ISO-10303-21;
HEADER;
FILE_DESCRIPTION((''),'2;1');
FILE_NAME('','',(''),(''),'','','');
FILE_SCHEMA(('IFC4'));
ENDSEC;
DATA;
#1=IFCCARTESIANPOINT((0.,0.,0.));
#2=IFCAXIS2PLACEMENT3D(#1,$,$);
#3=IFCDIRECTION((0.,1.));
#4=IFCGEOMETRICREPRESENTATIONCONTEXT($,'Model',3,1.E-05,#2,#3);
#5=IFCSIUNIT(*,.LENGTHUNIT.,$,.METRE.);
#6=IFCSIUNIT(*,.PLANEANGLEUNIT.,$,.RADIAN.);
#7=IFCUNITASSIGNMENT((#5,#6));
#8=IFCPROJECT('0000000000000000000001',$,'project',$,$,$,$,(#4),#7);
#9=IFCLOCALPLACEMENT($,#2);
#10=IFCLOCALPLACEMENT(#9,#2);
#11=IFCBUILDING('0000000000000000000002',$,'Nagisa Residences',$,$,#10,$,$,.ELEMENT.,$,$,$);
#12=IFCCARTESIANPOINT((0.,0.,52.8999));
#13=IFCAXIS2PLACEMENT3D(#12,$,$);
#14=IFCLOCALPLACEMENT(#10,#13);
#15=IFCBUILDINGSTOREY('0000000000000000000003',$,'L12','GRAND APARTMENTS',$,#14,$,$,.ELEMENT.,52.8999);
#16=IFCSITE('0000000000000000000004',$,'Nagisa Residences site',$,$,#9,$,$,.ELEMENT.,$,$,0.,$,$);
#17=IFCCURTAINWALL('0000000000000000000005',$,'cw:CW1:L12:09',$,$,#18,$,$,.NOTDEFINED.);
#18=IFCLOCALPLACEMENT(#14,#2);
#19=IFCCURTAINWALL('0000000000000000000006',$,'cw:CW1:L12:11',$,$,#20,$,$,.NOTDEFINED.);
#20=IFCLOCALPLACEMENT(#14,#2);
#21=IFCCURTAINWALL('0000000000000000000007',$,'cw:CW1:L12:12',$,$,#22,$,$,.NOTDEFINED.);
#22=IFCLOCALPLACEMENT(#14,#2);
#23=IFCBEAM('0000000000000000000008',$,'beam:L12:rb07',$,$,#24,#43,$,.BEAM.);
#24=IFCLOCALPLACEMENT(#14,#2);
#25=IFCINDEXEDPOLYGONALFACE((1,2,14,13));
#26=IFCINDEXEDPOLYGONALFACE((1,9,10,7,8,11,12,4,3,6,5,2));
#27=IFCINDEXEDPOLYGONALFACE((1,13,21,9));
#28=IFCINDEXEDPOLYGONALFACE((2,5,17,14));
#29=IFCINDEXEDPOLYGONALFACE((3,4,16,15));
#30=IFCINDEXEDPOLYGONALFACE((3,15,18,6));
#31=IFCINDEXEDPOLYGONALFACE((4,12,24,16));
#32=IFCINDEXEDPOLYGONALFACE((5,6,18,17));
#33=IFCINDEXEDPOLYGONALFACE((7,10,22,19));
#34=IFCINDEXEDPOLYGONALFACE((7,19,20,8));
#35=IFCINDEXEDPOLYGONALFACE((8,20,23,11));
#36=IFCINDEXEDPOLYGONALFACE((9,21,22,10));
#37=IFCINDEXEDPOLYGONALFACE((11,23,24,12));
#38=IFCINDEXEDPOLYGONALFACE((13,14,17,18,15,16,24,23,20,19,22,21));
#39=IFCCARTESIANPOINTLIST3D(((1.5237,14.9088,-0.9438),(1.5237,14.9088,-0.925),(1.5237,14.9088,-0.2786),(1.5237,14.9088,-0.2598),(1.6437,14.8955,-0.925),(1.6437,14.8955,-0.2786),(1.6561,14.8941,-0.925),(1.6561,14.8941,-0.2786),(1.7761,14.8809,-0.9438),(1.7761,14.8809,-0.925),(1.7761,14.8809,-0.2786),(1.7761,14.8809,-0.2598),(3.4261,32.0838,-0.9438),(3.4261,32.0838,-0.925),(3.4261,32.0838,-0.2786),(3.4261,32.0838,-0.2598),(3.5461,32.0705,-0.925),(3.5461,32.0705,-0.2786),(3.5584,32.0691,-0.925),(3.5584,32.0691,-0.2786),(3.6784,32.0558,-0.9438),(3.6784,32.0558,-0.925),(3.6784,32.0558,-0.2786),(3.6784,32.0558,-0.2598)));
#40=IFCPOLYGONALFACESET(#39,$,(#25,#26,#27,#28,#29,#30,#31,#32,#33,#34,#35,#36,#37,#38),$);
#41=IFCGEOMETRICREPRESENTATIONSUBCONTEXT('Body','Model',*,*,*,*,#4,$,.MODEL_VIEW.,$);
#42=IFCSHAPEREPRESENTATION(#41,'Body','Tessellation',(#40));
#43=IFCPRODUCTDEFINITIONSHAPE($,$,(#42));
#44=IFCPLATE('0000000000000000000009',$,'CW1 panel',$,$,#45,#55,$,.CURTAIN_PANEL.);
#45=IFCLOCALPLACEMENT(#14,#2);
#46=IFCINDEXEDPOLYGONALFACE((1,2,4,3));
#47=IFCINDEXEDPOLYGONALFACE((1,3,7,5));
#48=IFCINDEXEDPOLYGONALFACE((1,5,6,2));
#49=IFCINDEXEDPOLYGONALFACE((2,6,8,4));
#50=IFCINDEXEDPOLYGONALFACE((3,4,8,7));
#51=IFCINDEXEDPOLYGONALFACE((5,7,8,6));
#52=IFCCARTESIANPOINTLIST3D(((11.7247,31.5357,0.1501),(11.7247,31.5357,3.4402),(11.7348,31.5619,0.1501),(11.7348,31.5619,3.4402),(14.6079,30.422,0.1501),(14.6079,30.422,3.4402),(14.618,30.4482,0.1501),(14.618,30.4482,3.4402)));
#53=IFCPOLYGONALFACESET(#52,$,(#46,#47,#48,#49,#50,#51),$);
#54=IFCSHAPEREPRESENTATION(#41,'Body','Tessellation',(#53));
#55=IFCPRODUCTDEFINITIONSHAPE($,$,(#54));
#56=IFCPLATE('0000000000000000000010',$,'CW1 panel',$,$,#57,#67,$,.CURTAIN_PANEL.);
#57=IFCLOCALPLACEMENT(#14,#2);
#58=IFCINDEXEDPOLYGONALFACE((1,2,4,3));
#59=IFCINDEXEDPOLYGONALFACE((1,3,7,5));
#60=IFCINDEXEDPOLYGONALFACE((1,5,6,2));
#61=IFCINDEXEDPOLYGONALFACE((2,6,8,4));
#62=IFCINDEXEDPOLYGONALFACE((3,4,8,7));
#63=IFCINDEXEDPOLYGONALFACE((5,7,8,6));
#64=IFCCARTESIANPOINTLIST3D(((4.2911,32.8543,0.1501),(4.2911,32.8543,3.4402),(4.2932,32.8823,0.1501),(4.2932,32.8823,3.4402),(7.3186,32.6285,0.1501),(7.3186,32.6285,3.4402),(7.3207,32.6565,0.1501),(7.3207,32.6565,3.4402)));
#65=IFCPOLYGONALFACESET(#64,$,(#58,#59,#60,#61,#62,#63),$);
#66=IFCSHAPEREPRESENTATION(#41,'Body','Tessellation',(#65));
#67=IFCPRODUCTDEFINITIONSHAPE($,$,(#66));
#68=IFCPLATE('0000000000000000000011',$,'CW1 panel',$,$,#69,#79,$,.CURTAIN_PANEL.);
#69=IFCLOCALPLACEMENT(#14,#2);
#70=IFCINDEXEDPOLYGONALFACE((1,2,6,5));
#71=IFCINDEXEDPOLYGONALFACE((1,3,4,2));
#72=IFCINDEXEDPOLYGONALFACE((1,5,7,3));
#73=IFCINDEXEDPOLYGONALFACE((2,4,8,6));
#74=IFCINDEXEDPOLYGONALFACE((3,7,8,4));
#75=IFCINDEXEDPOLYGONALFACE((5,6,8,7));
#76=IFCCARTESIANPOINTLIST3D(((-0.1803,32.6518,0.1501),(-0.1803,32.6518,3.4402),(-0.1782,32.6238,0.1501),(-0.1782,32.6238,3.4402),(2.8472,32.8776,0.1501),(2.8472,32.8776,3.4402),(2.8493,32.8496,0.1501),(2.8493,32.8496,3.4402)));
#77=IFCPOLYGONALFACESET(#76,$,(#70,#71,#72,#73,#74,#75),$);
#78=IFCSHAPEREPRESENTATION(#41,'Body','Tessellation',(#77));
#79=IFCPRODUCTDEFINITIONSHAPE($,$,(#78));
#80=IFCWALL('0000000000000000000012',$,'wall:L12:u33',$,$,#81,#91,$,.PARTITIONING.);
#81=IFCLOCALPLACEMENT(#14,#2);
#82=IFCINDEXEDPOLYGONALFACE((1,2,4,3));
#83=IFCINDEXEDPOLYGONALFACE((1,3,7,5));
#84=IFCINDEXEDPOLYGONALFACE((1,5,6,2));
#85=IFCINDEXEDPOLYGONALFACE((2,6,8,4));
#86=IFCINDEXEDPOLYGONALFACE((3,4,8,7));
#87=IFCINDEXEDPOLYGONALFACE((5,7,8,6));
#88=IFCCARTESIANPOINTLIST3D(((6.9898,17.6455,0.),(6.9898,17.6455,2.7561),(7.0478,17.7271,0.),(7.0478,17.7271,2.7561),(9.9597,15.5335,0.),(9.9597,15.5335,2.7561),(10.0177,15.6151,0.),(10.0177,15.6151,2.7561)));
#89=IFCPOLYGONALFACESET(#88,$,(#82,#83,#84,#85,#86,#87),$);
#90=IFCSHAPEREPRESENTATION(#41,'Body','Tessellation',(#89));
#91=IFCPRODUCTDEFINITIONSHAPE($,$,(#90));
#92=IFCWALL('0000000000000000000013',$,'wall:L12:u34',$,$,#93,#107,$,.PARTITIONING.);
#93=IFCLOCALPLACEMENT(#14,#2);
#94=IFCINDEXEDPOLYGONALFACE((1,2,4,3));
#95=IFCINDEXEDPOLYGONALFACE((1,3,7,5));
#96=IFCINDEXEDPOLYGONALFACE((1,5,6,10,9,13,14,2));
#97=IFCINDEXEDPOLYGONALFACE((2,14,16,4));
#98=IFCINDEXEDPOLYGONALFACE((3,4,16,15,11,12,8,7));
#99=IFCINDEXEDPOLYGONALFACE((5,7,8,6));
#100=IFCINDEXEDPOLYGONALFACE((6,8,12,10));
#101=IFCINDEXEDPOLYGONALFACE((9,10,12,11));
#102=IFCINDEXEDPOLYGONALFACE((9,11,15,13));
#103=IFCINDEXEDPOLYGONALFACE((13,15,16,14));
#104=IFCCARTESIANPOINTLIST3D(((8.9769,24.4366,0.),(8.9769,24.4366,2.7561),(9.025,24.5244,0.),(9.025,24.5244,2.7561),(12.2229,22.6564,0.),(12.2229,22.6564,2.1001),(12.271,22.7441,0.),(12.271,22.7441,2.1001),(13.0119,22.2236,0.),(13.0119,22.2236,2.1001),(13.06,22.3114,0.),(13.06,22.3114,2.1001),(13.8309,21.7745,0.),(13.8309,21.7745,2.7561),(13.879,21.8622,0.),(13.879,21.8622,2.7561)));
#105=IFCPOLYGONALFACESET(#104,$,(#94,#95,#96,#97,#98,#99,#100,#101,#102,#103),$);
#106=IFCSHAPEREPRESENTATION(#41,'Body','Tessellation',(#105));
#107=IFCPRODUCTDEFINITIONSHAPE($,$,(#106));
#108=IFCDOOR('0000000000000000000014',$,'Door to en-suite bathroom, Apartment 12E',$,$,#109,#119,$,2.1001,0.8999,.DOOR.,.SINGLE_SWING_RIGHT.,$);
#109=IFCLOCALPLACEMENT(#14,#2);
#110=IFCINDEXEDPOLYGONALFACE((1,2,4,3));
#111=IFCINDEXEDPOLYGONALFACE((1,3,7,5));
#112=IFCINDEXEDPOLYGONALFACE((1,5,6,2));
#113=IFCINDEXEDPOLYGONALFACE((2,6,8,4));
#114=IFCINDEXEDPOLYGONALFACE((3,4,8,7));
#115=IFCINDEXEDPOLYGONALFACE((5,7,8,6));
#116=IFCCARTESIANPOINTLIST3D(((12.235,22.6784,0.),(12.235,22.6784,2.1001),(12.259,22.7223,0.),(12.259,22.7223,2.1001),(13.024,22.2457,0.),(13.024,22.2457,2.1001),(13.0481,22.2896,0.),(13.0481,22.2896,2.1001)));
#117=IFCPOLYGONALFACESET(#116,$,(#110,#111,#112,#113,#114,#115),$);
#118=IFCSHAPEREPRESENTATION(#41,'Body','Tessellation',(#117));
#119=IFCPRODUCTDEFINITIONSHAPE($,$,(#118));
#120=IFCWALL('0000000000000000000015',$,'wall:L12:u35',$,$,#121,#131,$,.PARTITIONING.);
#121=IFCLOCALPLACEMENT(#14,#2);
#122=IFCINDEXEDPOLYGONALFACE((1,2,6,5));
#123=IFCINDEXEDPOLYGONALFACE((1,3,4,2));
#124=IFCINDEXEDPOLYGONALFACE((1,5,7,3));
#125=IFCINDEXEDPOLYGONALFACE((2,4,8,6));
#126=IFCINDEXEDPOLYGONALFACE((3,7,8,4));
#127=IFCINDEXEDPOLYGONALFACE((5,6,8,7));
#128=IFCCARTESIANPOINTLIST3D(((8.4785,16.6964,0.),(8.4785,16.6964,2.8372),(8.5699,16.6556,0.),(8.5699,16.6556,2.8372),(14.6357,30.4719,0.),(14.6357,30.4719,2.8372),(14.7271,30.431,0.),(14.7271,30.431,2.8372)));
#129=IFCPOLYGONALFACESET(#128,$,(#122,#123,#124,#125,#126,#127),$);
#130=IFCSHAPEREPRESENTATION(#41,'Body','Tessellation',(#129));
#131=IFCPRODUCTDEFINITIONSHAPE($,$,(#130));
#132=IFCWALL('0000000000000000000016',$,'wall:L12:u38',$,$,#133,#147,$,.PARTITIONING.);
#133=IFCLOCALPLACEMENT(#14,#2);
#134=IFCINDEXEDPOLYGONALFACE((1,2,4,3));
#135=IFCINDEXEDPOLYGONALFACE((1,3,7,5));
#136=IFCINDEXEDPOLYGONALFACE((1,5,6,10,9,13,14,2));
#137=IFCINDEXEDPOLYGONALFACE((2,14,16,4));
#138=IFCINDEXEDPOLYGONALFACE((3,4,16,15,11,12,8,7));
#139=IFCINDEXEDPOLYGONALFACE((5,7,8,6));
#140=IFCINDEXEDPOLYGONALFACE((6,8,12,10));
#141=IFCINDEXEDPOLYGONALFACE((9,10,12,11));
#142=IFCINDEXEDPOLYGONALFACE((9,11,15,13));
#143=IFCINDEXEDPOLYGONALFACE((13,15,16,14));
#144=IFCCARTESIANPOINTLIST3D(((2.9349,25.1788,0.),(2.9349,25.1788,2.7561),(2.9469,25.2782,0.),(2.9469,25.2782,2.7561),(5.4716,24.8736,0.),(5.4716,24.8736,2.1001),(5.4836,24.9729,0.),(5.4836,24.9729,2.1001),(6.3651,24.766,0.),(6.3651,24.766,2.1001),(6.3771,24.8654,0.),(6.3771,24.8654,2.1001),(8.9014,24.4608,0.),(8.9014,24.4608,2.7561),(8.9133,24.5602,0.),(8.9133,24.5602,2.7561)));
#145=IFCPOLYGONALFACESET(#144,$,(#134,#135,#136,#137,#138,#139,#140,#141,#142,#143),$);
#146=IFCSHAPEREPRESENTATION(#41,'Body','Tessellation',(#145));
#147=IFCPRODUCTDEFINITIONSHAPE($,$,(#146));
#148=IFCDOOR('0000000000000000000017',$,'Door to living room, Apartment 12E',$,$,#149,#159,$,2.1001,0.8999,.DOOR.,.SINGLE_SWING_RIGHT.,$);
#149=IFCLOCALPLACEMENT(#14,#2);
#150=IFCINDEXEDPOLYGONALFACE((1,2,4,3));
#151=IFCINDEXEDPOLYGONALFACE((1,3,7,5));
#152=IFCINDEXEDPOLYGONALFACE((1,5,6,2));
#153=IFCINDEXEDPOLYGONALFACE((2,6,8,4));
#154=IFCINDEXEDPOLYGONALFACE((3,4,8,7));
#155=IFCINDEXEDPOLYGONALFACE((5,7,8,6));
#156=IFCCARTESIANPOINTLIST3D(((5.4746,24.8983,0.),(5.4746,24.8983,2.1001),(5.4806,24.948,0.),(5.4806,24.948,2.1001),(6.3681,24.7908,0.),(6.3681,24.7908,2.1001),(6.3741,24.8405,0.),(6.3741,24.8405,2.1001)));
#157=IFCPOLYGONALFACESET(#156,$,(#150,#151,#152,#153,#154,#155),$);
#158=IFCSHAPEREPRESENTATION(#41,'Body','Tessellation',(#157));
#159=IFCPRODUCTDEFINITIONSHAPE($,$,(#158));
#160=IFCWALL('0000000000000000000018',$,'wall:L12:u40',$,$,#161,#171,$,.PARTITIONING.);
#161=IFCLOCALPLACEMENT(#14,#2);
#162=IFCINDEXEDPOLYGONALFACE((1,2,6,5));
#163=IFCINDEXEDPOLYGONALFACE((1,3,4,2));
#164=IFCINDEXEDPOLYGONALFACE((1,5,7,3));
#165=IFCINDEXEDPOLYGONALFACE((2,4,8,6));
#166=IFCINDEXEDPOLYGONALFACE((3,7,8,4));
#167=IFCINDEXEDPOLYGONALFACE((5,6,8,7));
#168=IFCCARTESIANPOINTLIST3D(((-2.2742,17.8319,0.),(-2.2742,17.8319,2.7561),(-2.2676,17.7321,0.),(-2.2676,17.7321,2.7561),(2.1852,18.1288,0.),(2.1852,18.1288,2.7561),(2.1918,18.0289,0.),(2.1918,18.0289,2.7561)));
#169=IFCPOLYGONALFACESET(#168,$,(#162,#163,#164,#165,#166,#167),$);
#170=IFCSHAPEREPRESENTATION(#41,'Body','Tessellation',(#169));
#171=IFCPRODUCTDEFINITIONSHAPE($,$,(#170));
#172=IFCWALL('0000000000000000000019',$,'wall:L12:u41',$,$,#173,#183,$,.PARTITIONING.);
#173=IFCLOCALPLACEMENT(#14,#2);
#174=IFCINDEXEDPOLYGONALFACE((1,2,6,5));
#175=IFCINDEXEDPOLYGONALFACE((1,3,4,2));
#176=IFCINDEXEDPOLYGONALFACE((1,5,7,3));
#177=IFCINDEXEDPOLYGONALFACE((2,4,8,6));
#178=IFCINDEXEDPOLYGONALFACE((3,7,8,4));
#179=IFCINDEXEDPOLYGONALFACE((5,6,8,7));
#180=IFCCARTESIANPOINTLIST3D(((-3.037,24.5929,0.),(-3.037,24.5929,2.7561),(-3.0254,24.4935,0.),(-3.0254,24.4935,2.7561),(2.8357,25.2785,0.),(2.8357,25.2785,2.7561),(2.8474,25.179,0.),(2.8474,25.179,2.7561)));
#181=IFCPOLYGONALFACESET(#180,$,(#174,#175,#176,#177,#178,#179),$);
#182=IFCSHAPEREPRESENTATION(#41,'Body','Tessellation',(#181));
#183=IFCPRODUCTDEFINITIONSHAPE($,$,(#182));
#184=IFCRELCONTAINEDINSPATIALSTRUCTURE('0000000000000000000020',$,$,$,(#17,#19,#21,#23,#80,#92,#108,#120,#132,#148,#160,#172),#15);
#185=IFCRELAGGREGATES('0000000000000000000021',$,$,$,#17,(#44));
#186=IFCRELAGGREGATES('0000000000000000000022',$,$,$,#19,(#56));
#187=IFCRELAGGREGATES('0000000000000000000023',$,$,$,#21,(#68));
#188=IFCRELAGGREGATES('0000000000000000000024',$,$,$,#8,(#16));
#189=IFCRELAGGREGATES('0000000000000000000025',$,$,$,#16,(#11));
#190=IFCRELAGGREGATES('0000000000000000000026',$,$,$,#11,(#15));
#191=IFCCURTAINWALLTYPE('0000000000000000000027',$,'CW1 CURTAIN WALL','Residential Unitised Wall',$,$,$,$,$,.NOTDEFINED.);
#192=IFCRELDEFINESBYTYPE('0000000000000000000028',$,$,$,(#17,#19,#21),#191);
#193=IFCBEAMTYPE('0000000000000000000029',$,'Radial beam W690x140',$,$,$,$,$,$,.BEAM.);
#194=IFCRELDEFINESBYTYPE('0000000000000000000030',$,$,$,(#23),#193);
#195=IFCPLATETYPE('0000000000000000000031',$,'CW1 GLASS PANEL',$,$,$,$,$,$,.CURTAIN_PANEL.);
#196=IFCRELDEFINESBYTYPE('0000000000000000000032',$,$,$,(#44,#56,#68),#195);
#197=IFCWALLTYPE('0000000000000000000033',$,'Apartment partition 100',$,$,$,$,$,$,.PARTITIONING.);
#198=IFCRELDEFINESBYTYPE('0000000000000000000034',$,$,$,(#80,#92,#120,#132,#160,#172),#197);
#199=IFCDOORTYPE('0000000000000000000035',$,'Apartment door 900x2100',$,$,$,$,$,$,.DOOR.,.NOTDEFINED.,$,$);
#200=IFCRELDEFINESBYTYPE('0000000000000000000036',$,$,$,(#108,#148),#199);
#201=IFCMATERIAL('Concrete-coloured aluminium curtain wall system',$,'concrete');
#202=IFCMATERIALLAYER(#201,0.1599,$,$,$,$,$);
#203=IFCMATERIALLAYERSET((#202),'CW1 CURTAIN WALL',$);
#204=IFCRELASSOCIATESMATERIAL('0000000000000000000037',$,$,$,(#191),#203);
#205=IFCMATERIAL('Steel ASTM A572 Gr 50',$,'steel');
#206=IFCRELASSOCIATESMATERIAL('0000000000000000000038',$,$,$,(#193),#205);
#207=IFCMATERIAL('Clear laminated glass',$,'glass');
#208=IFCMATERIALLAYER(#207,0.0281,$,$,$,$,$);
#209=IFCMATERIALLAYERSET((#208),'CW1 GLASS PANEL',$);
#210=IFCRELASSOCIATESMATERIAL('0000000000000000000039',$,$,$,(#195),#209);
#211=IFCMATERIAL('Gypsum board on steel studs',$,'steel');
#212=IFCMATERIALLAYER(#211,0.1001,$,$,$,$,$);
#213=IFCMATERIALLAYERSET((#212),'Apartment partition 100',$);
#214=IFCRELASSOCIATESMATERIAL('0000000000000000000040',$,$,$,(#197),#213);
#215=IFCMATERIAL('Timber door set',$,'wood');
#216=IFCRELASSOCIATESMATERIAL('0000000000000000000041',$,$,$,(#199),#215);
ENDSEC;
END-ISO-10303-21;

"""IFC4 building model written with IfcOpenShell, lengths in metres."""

from ifc_helpers import new_model, si_unit, direction, frame, frame_2d, origin, origin_2d, place, context, subcontext, project, spatial, rectangle, i_section, extrude, material, layer, layer_set, material_profile, profile_set, type_object, element, fill, aggregate, save


model = new_model("IFC4")

# Units and contexts
model_context = context("Model", 3, precision=1e-05, world=origin(), true_north=direction((0.0, 1.0)))
body_context = subcontext(model_context, "Body", "Model", "MODEL_VIEW")
ifc_project = project(units=[si_unit("LENGTHUNIT", "METRE"), si_unit("PLANEANGLEUNIT", "RADIAN")], contexts=[model_context])

# Site, building, storey
site_placement = place(None, origin())
site = spatial("IfcSite", under=ifc_project, at=site_placement, Name="Nagisa Residences site", CompositionType="ELEMENT", RefElevation=0.0)
building_placement = place(site_placement, origin())
building = spatial("IfcBuilding", under=site, at=building_placement, Name="Nagisa Residences", CompositionType="ELEMENT")
storey_placement = place(building_placement, frame((0.0, 0.0, 52.8999)))
storey = spatial("IfcBuildingStorey", under=building, at=storey_placement, Name="L12", Description="GRAND APARTMENTS", CompositionType="ELEMENT", Elevation=52.8999)

# Curtain walls
ifc_material_1 = material(Name="Concrete-coloured aluminium curtain wall system", Category="concrete")
ifc_layer_1 = layer(ifc_material_1, 0.1599)
ifc_layer_set_1 = layer_set([ifc_layer_1], Name="CW1 CURTAIN WALL")
curtain_wall_type = type_object("IfcCurtainWallType", Name="CW1 CURTAIN WALL", Description="Residential Unitised Wall", PredefinedType="NOTDEFINED", material=ifc_layer_set_1)
curtain_wall_1_placement = place(storey_placement, origin())
curtain_wall_1 = element("IfcCurtainWall", 1, at=curtain_wall_1_placement, inside=storey, type_object=curtain_wall_type, Name="cw:CW1:L12:09", PredefinedType="NOTDEFINED")
curtain_wall_2_placement = place(storey_placement, origin())
curtain_wall_2 = element("IfcCurtainWall", 2, at=curtain_wall_2_placement, inside=storey, type_object=curtain_wall_type, Name="cw:CW1:L12:11", PredefinedType="NOTDEFINED")
curtain_wall_3_placement = place(storey_placement, origin())
curtain_wall_3 = element("IfcCurtainWall", 3, at=curtain_wall_3_placement, inside=storey, type_object=curtain_wall_type, Name="cw:CW1:L12:12", PredefinedType="NOTDEFINED")

# Beam
ifc_material_2 = material(Name="Steel ASTM A572 Gr 50", Category="steel")
ifc_material_profile_1 = material_profile(ifc_material_2, i_section(OverallWidth=0.2539, OverallDepth=0.6841, WebThickness=0.0125, FlangeThickness=0.0188, at=origin_2d()), Name="W690x140")
ifc_profile_set_1 = profile_set([ifc_material_profile_1], Name="Steel ASTM A572 Gr 50")
beam_type_1 = type_object("IfcBeamType", Name="Radial beam W690x140", PredefinedType="BEAM", material=ifc_profile_set_1)
beam_1_placement = place(storey_placement, frame((3.5522, 32.0698, -0.6018), z_axis=(-0.110089, -0.993922, 0.0), x_axis=(0.993922, -0.110089, 0.0)))
element("IfcBeam", 4, at=beam_1_placement, inside=storey, type_object=beam_type_1, Name="beam:L12:rb07", PredefinedType="BEAM", context=body_context, shape_type="SweptSolid", body=[
    extrude(i_section(OverallWidth=0.2539, OverallDepth=0.6841, WebThickness=0.0125, FlangeThickness=0.0188, at=origin_2d()), origin(), (0.0, 0.0, 1.0), 17.28),
])

# Plates
ifc_material_3 = material(Name="Clear laminated glass", Category="glass")
ifc_layer_2 = layer(ifc_material_3, 0.0281)
ifc_layer_set_2 = layer_set([ifc_layer_2], Name="CW1 GLASS PANEL")
plate_type = type_object("IfcPlateType", Name="CW1 GLASS PANEL", PredefinedType="CURTAIN_PANEL", material=ifc_layer_set_2)
plate_1_placement = place(storey_placement, frame((13.1714, 30.9919, 0.1501), z_axis=(0.0, 0.0, 1.0), x_axis=(-0.932826, 0.360328, 0.0)))
plate_1 = element("IfcPlate", 5, at=plate_1_placement, type_object=plate_type, Name="CW1 panel", PredefinedType="CURTAIN_PANEL", context=body_context, shape_type="SweptSolid", body=[
    extrude(rectangle(XDim=3.0908, YDim=0.0281, at=origin_2d()), origin(), (0.0, 0.0, 1.0), 3.29),
])
aggregate(curtain_wall_1, [plate_1])
plate_2_placement = place(storey_placement, frame((5.8059, 32.7554, 0.1501), z_axis=(0.0, 0.0, 1.0), x_axis=(-0.99723, 0.074377, 0.0)))
plate_2 = element("IfcPlate", 6, at=plate_2_placement, type_object=plate_type, Name="CW1 panel", PredefinedType="CURTAIN_PANEL", context=body_context, shape_type="SweptSolid", body=[
    extrude(rectangle(XDim=3.0359, YDim=0.0281, at=origin_2d()), origin(), (0.0, 0.0, 1.0), 3.29),
])
aggregate(curtain_wall_2, [plate_2])
plate_3_placement = place(storey_placement, frame((1.3345, 32.7507, 0.1501), z_axis=(0.0, 0.0, 1.0), x_axis=(-0.99723, -0.074377, 0.0)))
plate_3 = element("IfcPlate", 7, at=plate_3_placement, type_object=plate_type, Name="CW1 panel", PredefinedType="CURTAIN_PANEL", context=body_context, shape_type="SweptSolid", body=[
    extrude(rectangle(XDim=3.0359, YDim=0.0281, at=origin_2d()), origin(), (0.0, 0.0, 1.0), 3.29),
])
aggregate(curtain_wall_3, [plate_3])

# Wall
ifc_material_4 = material(Name="Gypsum board on steel studs", Category="steel")
ifc_layer_3 = layer(ifc_material_4, 0.1001)
ifc_layer_set_3 = layer_set([ifc_layer_3], Name="Apartment partition 100")
wall_type_1 = type_object("IfcWallType", Name="Apartment partition 100", PredefinedType="PARTITIONING", material=ifc_layer_set_3)
wall_1_placement = place(storey_placement, frame((9.9888, 15.5742, 0.0), z_axis=(0.0, 0.0, 1.0), x_axis=(-0.814945, 0.579539, 0.0)))
element("IfcWall", 8, at=wall_1_placement, inside=storey, type_object=wall_type_1, Name="wall:L12:u33", PredefinedType="PARTITIONING", context=body_context, shape_type="SweptSolid", body=[
    extrude(rectangle(XDim=3.6443, YDim=0.1001, at=frame_2d((1.8223, 0.0))), origin(), (0.0, 0.0, 1.0), 2.7561),
])

# Wall, opening, door
wall_2_placement = place(storey_placement, frame((13.855, 21.8184, 0.0), z_axis=(0.0, 0.0, 1.0), x_axis=(-0.876794, 0.480865, 0.0)))
wall_2 = element("IfcWall", 9, at=wall_2_placement, inside=storey, type_object=wall_type_1, Name="wall:L12:u34", PredefinedType="PARTITIONING", context=body_context, shape_type="SweptSolid", body=[
    extrude(rectangle(XDim=5.5361, YDim=0.1001, at=frame_2d((2.7681, 0.0))), origin(), (0.0, 0.0, 1.0), 2.7561),
])
opening_1_placement = place(wall_2_placement, frame((0.9341, 0.0, 0.0)))
opening_1 = element("IfcOpeningElement", 10, at=opening_1_placement, cuts=wall_2, PredefinedType="OPENING", context=body_context, shape_type="SweptSolid", body=[
    extrude(rectangle(XDim=0.8999, YDim=2.1001, at=frame_2d((0.45, 1.05))), frame((0.0, 0.0601, 0.0), z_axis=(0.0, -1.0, 0.0), x_axis=(1.0, 0.0, 0.0)), (0.0, 0.0, 1.0), 0.1201),
])
ifc_material_5 = material(Name="Timber door set", Category="wood")
door_type_1 = type_object("IfcDoorType", Name="Apartment door 900x2100", OperationType="NOTDEFINED", PredefinedType="DOOR", material=ifc_material_5)
door_1_placement = place(opening_1_placement, origin())
door_1 = element("IfcDoor", 11, at=door_1_placement, inside=storey, type_object=door_type_1, Name="Door to en-suite bathroom, Apartment 12E", OperationType="SINGLE_SWING_RIGHT", OverallHeight=2.1001, OverallWidth=0.8999, PredefinedType="DOOR", context=body_context, shape_type="SweptSolid", body=[
    extrude(rectangle(XDim=0.8999, YDim=2.1001, at=frame_2d((0.45, 1.05))), frame((0.0, 0.0249, 0.0), z_axis=(0.0, -1.0, 0.0), x_axis=(1.0, 0.0, 0.0)), (0.0, 0.0, 1.0), 0.05),
])
fill(opening_1, door_1)

# Wall
wall_3_placement = place(storey_placement, frame((8.5242, 16.676, 0.0), z_axis=(0.0, 0.0, 1.0), x_axis=(0.408065, 0.912953, 0.0)))
element("IfcWall", 12, at=wall_3_placement, inside=storey, type_object=wall_type_1, Name="wall:L12:u35", PredefinedType="PARTITIONING", context=body_context, shape_type="SweptSolid", body=[
    extrude(rectangle(XDim=15.0889, YDim=0.1001, at=frame_2d((7.5444, 0.0))), origin(), (0.0, 0.0, 1.0), 2.8372),
])

# Wall, opening, door
wall_4_placement = place(storey_placement, frame((8.9075, 24.5105, 0.0), z_axis=(0.0, 0.0, 1.0), x_axis=(-0.992837, 0.119478, 0.0)))
wall_4 = element("IfcWall", 13, at=wall_4_placement, inside=storey, type_object=wall_type_1, Name="wall:L12:u38", PredefinedType="PARTITIONING", context=body_context, shape_type="SweptSolid", body=[
    extrude(rectangle(XDim=6.0095, YDim=0.1001, at=frame_2d((3.0049, 0.0))), origin(), (0.0, 0.0, 1.0), 2.7561),
])
opening_2_placement = place(wall_4_placement, frame((2.5547, 0.0, 0.0)))
opening_2 = element("IfcOpeningElement", 14, at=opening_2_placement, cuts=wall_4, PredefinedType="OPENING", context=body_context, shape_type="SweptSolid", body=[
    extrude(rectangle(XDim=0.8999, YDim=2.1001, at=frame_2d((0.45, 1.05))), frame((0.0, 0.0601, 0.0), z_axis=(0.0, -1.0, 0.0), x_axis=(1.0, 0.0, 0.0)), (0.0, 0.0, 1.0), 0.1201),
])
door_2_placement = place(opening_2_placement, frame((0.8999, 0.0, 0.0), x_axis=(-1.0, 0.0, 0.0)))
door_2 = element("IfcDoor", 15, at=door_2_placement, inside=storey, type_object=door_type_1, Name="Door to living room, Apartment 12E", OperationType="SINGLE_SWING_RIGHT", OverallHeight=2.1001, OverallWidth=0.8999, PredefinedType="DOOR", context=body_context, shape_type="SweptSolid", body=[
    extrude(rectangle(XDim=0.8999, YDim=2.1001, at=frame_2d((0.45, 1.05))), frame((0.0, 0.0249, 0.0), z_axis=(0.0, -1.0, 0.0), x_axis=(1.0, 0.0, 0.0)), (0.0, 0.0, 1.0), 0.05),
])
fill(opening_2, door_2)

# Walls
wall_5_placement = place(storey_placement, frame((2.1885, 18.0789, 0.0), z_axis=(0.0, 0.0, 1.0), x_axis=(-0.997791, -0.066425, 0.0)))
element("IfcWall", 16, at=wall_5_placement, inside=storey, type_object=wall_type_1, Name="wall:L12:u40", PredefinedType="PARTITIONING", context=body_context, shape_type="SweptSolid", body=[
    extrude(rectangle(XDim=4.4692, YDim=0.1001, at=frame_2d((2.2346, 0.0))), origin(), (0.0, 0.0, 1.0), 2.7561),
])
wall_6_placement = place(storey_placement, frame((2.8416, 25.2288, 0.0), z_axis=(0.0, 0.0, 1.0), x_axis=(-0.993256, -0.115945, 0.0)))
element("IfcWall", 17, at=wall_6_placement, inside=storey, type_object=wall_type_1, Name="wall:L12:u41", PredefinedType="PARTITIONING", context=body_context, shape_type="SweptSolid", body=[
    extrude(rectangle(XDim=5.9126, YDim=0.1001, at=frame_2d((2.9563, 0.0))), origin(), (0.0, 0.0, 1.0), 2.7561),
])

save(model, "model.ifc")
